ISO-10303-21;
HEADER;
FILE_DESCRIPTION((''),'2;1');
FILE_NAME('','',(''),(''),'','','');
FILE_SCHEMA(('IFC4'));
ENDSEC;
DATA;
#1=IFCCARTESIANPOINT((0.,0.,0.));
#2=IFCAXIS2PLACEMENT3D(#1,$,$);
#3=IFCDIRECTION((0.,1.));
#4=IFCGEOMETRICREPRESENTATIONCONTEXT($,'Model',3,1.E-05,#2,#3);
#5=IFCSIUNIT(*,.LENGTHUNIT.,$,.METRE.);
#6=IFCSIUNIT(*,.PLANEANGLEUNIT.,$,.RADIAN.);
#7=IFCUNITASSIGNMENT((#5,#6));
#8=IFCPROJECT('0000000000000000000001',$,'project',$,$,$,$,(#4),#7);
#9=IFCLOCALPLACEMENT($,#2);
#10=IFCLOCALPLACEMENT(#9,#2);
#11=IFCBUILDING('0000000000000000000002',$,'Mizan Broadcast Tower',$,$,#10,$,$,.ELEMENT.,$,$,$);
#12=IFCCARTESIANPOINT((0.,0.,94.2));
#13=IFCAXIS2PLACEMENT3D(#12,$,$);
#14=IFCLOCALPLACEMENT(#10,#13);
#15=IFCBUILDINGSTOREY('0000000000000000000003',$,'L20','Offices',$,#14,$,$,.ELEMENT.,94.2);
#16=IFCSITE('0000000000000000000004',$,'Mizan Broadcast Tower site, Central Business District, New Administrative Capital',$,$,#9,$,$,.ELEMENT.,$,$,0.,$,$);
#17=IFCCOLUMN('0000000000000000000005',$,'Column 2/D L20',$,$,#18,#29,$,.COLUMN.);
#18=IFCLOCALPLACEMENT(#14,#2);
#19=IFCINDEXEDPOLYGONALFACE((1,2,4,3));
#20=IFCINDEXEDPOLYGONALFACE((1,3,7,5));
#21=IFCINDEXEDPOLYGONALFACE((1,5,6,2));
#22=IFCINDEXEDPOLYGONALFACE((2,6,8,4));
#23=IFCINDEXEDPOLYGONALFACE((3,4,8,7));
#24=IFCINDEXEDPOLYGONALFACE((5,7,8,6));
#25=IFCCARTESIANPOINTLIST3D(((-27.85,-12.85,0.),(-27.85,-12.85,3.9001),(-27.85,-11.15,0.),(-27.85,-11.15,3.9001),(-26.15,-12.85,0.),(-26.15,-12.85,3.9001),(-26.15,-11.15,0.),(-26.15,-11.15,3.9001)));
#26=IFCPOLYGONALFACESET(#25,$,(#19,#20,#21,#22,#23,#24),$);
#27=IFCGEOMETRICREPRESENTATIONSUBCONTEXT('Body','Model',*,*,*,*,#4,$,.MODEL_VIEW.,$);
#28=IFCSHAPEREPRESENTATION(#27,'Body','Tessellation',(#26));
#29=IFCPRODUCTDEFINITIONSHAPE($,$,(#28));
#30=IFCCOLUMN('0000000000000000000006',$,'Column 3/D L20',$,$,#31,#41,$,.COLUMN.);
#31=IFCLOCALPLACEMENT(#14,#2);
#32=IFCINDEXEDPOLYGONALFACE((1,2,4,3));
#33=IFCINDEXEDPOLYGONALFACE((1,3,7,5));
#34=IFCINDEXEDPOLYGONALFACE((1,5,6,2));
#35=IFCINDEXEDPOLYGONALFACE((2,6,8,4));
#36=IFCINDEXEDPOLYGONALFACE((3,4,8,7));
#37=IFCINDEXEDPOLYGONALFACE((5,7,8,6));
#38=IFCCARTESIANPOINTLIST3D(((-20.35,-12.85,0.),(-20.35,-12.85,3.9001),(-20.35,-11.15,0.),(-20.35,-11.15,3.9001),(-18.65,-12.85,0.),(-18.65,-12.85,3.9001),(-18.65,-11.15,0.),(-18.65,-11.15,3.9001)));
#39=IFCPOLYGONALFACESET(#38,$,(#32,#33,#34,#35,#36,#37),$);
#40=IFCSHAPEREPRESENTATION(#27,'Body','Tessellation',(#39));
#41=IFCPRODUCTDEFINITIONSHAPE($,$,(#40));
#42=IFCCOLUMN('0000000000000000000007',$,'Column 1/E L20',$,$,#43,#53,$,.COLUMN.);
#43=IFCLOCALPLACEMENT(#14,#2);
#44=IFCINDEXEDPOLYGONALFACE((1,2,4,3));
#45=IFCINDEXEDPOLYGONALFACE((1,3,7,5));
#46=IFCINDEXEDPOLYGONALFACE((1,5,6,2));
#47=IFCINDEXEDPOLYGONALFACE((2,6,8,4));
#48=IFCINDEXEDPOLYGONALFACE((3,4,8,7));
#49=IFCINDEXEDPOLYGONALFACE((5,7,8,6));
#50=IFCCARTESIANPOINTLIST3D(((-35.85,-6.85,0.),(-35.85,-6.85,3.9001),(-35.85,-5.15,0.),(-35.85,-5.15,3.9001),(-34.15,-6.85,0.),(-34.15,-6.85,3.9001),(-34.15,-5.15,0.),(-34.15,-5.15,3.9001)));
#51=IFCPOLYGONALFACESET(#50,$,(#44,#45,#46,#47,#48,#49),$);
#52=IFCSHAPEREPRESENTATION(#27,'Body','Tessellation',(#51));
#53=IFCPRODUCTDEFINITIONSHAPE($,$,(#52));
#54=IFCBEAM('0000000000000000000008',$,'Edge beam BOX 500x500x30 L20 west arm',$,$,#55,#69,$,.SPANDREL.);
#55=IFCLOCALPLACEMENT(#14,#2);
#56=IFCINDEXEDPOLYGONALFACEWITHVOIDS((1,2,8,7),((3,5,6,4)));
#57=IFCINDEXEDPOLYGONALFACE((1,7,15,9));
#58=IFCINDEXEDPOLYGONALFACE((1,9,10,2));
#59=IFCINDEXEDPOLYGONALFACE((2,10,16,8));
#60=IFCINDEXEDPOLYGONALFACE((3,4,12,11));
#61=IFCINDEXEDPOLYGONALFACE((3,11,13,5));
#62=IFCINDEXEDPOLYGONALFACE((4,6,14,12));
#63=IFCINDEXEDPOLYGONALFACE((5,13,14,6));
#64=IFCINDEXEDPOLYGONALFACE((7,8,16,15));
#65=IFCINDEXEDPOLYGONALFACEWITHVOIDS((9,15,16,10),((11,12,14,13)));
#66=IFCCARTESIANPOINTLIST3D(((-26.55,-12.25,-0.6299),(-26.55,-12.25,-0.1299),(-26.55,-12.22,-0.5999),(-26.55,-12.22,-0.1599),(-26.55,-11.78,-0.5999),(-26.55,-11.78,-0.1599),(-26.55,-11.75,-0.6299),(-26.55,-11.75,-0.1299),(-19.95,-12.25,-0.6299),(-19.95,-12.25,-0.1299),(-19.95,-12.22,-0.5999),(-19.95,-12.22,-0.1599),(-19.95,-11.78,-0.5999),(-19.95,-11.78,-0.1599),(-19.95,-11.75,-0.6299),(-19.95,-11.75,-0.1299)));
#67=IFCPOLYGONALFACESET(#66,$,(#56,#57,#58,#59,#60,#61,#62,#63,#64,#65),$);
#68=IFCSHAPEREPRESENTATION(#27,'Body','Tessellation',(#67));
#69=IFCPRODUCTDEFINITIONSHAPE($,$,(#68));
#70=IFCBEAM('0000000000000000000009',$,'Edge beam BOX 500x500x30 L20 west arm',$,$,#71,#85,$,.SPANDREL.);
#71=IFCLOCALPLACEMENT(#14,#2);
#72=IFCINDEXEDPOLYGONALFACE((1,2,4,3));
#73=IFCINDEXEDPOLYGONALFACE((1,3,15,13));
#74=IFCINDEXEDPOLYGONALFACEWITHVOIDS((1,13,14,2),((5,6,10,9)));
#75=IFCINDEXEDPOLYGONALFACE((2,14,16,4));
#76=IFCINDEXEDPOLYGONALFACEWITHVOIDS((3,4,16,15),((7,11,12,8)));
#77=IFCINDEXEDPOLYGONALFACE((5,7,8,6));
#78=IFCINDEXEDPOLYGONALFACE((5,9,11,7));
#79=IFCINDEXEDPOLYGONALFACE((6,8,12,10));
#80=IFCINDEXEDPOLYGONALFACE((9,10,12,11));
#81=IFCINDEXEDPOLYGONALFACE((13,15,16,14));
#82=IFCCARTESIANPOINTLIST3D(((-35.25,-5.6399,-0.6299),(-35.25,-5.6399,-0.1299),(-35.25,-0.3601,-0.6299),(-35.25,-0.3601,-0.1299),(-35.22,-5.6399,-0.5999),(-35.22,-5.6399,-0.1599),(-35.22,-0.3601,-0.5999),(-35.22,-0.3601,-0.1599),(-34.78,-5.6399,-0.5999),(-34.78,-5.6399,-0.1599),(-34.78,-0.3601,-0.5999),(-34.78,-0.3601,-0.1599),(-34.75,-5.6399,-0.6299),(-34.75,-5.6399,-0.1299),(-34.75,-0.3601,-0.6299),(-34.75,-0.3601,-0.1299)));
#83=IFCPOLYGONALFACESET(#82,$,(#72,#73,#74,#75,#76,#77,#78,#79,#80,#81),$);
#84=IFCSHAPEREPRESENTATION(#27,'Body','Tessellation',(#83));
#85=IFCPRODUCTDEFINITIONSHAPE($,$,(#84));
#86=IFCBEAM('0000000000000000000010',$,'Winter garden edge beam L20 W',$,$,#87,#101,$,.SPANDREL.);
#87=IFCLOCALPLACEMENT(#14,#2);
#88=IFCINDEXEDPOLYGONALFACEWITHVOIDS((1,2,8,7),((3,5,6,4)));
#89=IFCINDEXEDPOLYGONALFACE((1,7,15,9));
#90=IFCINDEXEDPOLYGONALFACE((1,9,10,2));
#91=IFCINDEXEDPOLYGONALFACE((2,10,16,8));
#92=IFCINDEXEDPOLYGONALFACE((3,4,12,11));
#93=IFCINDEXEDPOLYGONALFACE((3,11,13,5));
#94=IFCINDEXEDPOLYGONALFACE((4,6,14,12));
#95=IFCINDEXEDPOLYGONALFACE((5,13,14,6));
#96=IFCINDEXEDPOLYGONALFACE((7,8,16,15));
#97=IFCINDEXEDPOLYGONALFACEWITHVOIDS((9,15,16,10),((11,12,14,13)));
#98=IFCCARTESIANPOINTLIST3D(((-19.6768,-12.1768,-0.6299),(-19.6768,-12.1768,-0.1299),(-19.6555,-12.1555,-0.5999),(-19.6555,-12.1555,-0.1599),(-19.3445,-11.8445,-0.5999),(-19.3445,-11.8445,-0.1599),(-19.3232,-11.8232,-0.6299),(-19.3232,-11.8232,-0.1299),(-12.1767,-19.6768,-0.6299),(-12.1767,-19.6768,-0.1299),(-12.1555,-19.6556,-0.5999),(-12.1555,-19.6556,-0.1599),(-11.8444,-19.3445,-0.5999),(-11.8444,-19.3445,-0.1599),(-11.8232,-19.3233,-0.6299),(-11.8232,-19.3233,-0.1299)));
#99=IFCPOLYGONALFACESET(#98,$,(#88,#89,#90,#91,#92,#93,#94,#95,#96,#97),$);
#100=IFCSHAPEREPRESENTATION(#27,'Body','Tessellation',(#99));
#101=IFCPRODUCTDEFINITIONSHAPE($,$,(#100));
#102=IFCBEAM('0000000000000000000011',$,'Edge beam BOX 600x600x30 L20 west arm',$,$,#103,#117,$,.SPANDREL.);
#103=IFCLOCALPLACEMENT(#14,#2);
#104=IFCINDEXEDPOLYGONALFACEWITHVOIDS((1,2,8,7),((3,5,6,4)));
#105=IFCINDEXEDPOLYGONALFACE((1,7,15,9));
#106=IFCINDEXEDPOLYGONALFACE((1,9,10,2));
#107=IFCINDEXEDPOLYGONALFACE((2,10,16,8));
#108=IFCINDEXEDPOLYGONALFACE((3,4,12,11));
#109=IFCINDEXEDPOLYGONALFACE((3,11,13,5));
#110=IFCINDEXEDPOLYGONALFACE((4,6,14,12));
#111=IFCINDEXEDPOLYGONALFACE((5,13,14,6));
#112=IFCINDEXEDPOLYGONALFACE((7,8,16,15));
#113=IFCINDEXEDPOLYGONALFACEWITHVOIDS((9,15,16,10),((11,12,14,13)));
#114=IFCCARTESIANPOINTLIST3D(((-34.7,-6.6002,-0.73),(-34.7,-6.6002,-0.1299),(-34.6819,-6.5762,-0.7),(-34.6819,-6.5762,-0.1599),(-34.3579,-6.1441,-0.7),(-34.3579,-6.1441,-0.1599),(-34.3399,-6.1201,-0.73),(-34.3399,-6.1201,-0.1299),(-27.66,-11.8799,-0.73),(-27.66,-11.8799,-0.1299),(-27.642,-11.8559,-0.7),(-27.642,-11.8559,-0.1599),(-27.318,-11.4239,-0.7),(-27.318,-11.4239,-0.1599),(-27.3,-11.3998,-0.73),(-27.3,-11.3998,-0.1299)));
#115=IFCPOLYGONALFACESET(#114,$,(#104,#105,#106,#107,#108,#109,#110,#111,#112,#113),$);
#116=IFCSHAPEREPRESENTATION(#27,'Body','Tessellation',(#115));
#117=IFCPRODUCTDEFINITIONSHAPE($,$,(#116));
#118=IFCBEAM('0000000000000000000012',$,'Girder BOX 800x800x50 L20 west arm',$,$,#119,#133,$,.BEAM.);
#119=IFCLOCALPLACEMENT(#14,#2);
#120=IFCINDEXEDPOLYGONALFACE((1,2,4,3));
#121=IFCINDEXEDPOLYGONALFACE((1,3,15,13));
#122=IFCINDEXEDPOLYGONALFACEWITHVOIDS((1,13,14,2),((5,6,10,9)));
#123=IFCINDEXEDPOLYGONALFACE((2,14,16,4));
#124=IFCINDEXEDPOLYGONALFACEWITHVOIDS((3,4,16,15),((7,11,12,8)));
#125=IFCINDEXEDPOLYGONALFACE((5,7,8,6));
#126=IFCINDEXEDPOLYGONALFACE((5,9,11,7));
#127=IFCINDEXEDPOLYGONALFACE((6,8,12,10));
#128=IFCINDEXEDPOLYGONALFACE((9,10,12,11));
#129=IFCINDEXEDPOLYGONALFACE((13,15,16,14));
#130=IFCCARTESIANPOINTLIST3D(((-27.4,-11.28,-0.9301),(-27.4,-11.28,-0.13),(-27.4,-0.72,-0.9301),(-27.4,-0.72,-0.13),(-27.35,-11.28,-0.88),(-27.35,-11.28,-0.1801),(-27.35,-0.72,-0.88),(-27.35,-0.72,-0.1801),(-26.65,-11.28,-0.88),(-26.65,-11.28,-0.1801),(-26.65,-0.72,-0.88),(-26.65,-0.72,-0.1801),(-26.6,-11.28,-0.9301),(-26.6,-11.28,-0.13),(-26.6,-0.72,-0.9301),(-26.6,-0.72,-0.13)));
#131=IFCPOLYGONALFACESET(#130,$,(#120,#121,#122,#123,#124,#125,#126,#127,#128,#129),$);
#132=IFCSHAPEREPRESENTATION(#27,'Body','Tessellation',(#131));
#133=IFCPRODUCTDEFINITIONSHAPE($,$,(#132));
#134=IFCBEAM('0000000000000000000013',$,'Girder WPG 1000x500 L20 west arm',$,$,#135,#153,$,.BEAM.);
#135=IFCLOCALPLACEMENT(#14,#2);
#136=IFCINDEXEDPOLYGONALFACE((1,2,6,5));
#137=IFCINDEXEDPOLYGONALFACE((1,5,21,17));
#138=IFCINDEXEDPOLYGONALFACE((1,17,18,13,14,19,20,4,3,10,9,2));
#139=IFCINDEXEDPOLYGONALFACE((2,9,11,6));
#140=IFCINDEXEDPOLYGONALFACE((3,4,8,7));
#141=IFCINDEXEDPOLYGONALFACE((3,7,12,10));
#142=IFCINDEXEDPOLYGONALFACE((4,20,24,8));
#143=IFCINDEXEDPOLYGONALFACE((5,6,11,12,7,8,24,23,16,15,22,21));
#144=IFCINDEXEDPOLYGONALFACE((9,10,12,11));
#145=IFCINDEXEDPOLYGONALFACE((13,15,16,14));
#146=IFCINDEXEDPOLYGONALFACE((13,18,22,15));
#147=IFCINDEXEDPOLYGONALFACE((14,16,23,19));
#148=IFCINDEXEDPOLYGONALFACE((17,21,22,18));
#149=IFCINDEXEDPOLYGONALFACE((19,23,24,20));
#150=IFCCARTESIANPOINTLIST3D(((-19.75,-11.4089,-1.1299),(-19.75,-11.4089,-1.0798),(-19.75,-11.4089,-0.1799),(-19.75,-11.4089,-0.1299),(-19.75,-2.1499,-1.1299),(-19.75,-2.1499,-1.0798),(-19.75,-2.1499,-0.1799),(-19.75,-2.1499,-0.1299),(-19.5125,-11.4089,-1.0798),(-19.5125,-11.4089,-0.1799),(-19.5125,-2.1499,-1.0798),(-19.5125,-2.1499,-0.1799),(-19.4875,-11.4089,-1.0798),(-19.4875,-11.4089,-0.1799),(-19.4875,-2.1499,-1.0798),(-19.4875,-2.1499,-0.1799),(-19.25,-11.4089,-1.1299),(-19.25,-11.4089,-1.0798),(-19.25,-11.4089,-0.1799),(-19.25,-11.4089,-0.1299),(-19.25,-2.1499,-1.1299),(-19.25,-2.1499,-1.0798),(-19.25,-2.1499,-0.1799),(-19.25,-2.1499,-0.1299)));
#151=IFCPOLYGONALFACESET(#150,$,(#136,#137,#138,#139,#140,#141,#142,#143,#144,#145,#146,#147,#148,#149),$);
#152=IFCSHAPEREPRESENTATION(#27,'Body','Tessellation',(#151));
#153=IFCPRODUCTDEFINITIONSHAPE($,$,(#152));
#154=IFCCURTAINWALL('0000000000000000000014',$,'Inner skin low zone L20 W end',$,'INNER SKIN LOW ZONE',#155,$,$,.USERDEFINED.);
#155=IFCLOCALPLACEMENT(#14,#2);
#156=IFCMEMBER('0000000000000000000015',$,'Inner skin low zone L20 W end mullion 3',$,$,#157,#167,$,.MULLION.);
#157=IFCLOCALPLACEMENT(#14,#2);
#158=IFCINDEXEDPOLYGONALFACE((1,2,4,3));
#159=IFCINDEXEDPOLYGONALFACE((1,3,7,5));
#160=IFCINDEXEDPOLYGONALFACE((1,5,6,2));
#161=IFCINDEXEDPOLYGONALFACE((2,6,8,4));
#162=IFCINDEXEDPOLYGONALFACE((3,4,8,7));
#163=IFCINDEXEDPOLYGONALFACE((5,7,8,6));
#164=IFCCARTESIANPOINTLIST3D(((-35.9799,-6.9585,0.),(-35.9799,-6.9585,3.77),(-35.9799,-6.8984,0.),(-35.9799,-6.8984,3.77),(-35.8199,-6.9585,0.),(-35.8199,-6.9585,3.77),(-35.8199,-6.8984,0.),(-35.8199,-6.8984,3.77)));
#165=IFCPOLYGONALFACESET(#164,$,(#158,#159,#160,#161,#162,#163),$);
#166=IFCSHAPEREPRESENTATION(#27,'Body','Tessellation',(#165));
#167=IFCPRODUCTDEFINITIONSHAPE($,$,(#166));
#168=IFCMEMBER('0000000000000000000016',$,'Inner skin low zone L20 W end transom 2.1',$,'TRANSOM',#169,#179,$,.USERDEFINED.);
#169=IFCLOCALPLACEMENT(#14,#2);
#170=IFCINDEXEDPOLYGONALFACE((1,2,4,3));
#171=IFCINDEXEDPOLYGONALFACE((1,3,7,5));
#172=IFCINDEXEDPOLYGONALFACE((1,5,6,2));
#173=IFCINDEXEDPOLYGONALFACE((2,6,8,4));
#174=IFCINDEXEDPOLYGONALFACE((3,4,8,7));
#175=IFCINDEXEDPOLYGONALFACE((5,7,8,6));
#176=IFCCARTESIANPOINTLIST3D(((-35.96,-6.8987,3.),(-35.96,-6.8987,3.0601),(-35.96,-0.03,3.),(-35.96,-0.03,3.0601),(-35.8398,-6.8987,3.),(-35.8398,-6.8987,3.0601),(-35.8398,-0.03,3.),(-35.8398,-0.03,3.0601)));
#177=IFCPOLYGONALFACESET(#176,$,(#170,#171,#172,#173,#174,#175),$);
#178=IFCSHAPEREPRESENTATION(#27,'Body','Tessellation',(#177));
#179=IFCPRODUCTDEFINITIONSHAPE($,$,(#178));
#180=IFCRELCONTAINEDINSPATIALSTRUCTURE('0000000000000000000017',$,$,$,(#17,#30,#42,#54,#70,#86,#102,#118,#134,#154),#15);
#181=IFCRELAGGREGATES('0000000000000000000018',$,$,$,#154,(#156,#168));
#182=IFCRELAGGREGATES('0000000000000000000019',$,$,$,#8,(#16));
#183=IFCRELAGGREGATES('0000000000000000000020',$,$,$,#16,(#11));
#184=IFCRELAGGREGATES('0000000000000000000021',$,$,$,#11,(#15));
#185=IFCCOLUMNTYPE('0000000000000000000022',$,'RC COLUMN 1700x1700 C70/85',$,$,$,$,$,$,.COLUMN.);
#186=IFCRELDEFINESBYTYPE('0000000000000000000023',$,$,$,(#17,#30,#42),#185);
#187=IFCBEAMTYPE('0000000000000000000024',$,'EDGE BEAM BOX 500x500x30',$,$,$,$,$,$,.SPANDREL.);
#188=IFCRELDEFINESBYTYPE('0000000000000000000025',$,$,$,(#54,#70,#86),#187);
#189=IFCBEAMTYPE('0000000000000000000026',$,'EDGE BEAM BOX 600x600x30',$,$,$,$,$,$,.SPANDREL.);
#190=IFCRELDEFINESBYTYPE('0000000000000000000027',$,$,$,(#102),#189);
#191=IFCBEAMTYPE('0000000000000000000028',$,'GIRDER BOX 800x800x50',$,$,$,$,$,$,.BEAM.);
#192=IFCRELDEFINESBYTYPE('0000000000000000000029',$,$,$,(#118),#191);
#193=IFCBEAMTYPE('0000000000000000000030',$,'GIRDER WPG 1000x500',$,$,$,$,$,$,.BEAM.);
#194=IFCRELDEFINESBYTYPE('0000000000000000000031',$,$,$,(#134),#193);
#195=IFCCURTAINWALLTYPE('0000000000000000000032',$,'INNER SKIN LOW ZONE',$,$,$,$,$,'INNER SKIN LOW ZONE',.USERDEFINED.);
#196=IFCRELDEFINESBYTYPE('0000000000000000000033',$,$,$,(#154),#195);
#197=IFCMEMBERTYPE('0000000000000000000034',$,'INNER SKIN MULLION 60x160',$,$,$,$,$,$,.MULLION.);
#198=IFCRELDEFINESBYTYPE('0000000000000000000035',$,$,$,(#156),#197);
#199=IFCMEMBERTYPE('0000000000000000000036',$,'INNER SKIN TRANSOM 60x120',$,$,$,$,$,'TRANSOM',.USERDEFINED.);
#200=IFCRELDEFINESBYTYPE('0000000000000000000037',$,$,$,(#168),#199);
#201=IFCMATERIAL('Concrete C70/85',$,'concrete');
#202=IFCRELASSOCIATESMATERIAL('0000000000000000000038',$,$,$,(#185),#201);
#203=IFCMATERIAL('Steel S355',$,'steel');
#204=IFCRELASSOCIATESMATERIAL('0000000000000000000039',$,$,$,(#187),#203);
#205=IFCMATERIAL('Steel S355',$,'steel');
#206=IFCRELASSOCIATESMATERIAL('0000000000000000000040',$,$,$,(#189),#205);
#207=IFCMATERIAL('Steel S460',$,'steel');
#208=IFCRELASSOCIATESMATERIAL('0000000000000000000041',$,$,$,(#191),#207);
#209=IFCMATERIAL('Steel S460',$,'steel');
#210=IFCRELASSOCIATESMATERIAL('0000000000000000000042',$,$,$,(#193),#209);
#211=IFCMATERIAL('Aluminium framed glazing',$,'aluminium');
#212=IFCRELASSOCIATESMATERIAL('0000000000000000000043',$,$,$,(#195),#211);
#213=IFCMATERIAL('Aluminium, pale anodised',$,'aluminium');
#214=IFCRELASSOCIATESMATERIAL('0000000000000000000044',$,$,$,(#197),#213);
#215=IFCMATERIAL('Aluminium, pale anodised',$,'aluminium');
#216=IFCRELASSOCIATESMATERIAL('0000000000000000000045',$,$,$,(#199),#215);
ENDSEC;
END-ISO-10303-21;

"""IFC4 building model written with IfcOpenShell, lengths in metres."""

from ifc_helpers import new_model, si_unit, direction, frame, origin, origin_2d, place, context, subcontext, project, spatial, rectangle, hollow_rectangle, i_section, extrude, material, material_profile, profile_set, type_object, element, aggregate, save


model = new_model("IFC4")

# Units and contexts
model_context = context("Model", 3, precision=1e-05, world=origin(), true_north=direction((0.0, 1.0)))
body_context = subcontext(model_context, "Body", "Model", "MODEL_VIEW")
ifc_project = project(units=[si_unit("LENGTHUNIT", "METRE"), si_unit("PLANEANGLEUNIT", "RADIAN")], contexts=[model_context])

# Site, building, storey
site_placement = place(None, origin())
site = spatial("IfcSite", under=ifc_project, at=site_placement, Name="Mizan Broadcast Tower site, Central Business District, New Administrative Capital", CompositionType="ELEMENT", RefElevation=0.0)
building_placement = place(site_placement, origin())
building = spatial("IfcBuilding", under=site, at=building_placement, Name="Mizan Broadcast Tower", CompositionType="ELEMENT")
storey_placement = place(building_placement, frame((0.0, 0.0, 94.2)))
storey = spatial("IfcBuildingStorey", under=building, at=storey_placement, Name="L20", Description="Offices", CompositionType="ELEMENT", Elevation=94.2)

# Columns
ifc_material_1 = material(Name="Concrete C70/85", Category="concrete")
ifc_material_profile_1 = material_profile(ifc_material_1, rectangle(XDim=1.7, YDim=1.7, at=origin_2d()), Name="RC 1700x1700")
ifc_profile_set_1 = profile_set([ifc_material_profile_1], Name="Concrete C70/85")
column_type = type_object("IfcColumnType", Name="RC COLUMN 1700x1700 C70/85", PredefinedType="COLUMN", material=ifc_profile_set_1)
for number, where, z_axis, x_axis, name in (
    (1, (-27.0, -12.0, 0.0), (0.0, 0.0, 1.0), (1.0, 0.0, 0.0), "Column 2/D L20"),
    (2, (-19.5, -12.0, 0.0), (0.0, 0.0, 1.0), (1.0, 0.0, 0.0), "Column 3/D L20"),
    (3, (-35.0, -6.0, 0.0), (0.0, 0.0, 1.0), (1.0, 0.0, 0.0), "Column 1/E L20"),
):
    element("IfcColumn", number, at=place(storey_placement, frame(where, z_axis=z_axis, x_axis=x_axis)), inside=storey, type_object=column_type, Name=name, PredefinedType="COLUMN", context=body_context, shape_type="SweptSolid", body=[
        extrude(rectangle(XDim=1.7, YDim=1.7, at=origin_2d()), origin(), (0.0, 0.0, 1.0), 3.9001),
    ])

# Beams
ifc_material_2 = material(Name="Steel S355", Category="steel")
ifc_material_profile_2 = material_profile(ifc_material_2, hollow_rectangle(XDim=0.5, YDim=0.5, WallThickness=0.03, at=origin_2d()), Name="BOX 500x500x30")
ifc_profile_set_2 = profile_set([ifc_material_profile_2], Name="Steel S355")
beam_type_1 = type_object("IfcBeamType", Name="EDGE BEAM BOX 500x500x30", PredefinedType="SPANDREL", material=ifc_profile_set_2)
beam_1_placement = place(storey_placement, frame((-19.95, -12.0, -0.3799), z_axis=(-1.0, 0.0, 0.0), x_axis=(0.0, -1.0, 0.0)))
element("IfcBeam", 4, at=beam_1_placement, inside=storey, type_object=beam_type_1, Name="Edge beam BOX 500x500x30 L20 west arm", PredefinedType="SPANDREL", context=body_context, shape_type="SweptSolid", body=[
    extrude(hollow_rectangle(XDim=0.5, YDim=0.5, WallThickness=0.03, at=origin_2d()), origin(), (0.0, 0.0, 1.0), 6.6001),
])
beam_2_placement = place(storey_placement, frame((-35.0, -5.6399, -0.3799), z_axis=(0.0, 1.0, 0.0), x_axis=(-1.0, 0.0, 0.0)))
element("IfcBeam", 5, at=beam_2_placement, inside=storey, type_object=beam_type_1, Name="Edge beam BOX 500x500x30 L20 west arm", PredefinedType="SPANDREL", context=body_context, shape_type="SweptSolid", body=[
    extrude(hollow_rectangle(XDim=0.5, YDim=0.5, WallThickness=0.03, at=origin_2d()), origin(), (0.0, 0.0, 1.0), 5.2798),
])
beam_3_placement = place(storey_placement, frame((-19.5, -12.0, -0.3799), z_axis=(0.707107, -0.707107, 0.0), x_axis=(0.707107, 0.707107, 0.0)))
element("IfcBeam", 6, at=beam_3_placement, inside=storey, type_object=beam_type_1, Name="Winter garden edge beam L20 W", PredefinedType="SPANDREL", context=body_context, shape_type="SweptSolid", body=[
    extrude(hollow_rectangle(XDim=0.5, YDim=0.5, WallThickness=0.03, at=origin_2d()), origin(), (0.0, 0.0, 1.0), 10.6067),
])
ifc_material_3 = material(Name="Steel S355", Category="steel")
ifc_material_profile_3 = material_profile(ifc_material_3, hollow_rectangle(XDim=0.6001, YDim=0.6001, WallThickness=0.03, at=origin_2d()), Name="BOX 600x600x30")
ifc_profile_set_3 = profile_set([ifc_material_profile_3], Name="Steel S355")
beam_type_2 = type_object("IfcBeamType", Name="EDGE BEAM BOX 600x600x30", PredefinedType="SPANDREL", material=ifc_profile_set_3)
beam_4_placement = place(storey_placement, frame((-27.48, -11.6399, -0.4299), z_axis=(-0.800013, 0.599982, 0.0), x_axis=(-0.599982, -0.800013, 0.0)))
element("IfcBeam", 7, at=beam_4_placement, inside=storey, type_object=beam_type_2, Name="Edge beam BOX 600x600x30 L20 west arm", PredefinedType="SPANDREL", context=body_context, shape_type="SweptSolid", body=[
    extrude(hollow_rectangle(XDim=0.6001, YDim=0.6001, WallThickness=0.03, at=origin_2d()), origin(), (0.0, 0.0, 1.0), 8.7998),
])
ifc_material_4 = material(Name="Steel S460", Category="steel")
ifc_material_profile_4 = material_profile(ifc_material_4, hollow_rectangle(XDim=0.8, YDim=0.8, WallThickness=0.05, at=origin_2d()), Name="BOX 800x800x50")
ifc_profile_set_4 = profile_set([ifc_material_profile_4], Name="Steel S460")
beam_type_3 = type_object("IfcBeamType", Name="GIRDER BOX 800x800x50", PredefinedType="BEAM", material=ifc_profile_set_4)
beam_5_placement = place(storey_placement, frame((-27.0, -11.28, -0.53), z_axis=(0.0, 1.0, 0.0), x_axis=(-1.0, 0.0, 0.0)))
element("IfcBeam", 8, at=beam_5_placement, inside=storey, type_object=beam_type_3, Name="Girder BOX 800x800x50 L20 west arm", PredefinedType="BEAM", context=body_context, shape_type="SweptSolid", body=[
    extrude(hollow_rectangle(XDim=0.8, YDim=0.8, WallThickness=0.05, at=origin_2d()), origin(), (0.0, 0.0, 1.0), 10.5601),
])
ifc_material_5 = material(Name="Steel S460", Category="steel")
ifc_material_profile_5 = material_profile(ifc_material_5, i_section(OverallWidth=0.5, OverallDepth=1.0, WebThickness=0.0249, FlangeThickness=0.05, at=origin_2d()), Name="WPG 1000x500")
ifc_profile_set_5 = profile_set([ifc_material_profile_5], Name="Steel S460")
beam_type_4 = type_object("IfcBeamType", Name="GIRDER WPG 1000x500", PredefinedType="BEAM", material=ifc_profile_set_5)
beam_6_placement = place(storey_placement, frame((-19.5, -11.4089, -0.6299), z_axis=(0.0, 1.0, 0.0), x_axis=(-1.0, 0.0, 0.0)))
element("IfcBeam", 9, at=beam_6_placement, inside=storey, type_object=beam_type_4, Name="Girder WPG 1000x500 L20 west arm", PredefinedType="BEAM", context=body_context, shape_type="SweptSolid", body=[
    extrude(i_section(OverallWidth=0.5, OverallDepth=1.0, WebThickness=0.0249, FlangeThickness=0.05, at=origin_2d()), origin(), (0.0, 0.0, 1.0), 9.259),
])

# Curtain wall, members
ifc_material_6 = material(Name="Aluminium framed glazing", Category="aluminium")
curtain_wall_type_1 = type_object("IfcCurtainWallType", Name="INNER SKIN LOW ZONE", ElementType="INNER SKIN LOW ZONE", PredefinedType="USERDEFINED", material=ifc_material_6)
curtain_wall_1_placement = place(storey_placement, origin())
curtain_wall_1 = element("IfcCurtainWall", 10, at=curtain_wall_1_placement, inside=storey, type_object=curtain_wall_type_1, Name="Inner skin low zone L20 W end", ObjectType="INNER SKIN LOW ZONE", PredefinedType="USERDEFINED")
ifc_material_7 = material(Name="Aluminium, pale anodised", Category="aluminium")
ifc_material_profile_6 = material_profile(ifc_material_7, rectangle(XDim=0.1599, YDim=0.0601, at=origin_2d()), Name="MULLION 160x60")
ifc_profile_set_6 = profile_set([ifc_material_profile_6], Name="Aluminium, pale anodised")
member_type_1 = type_object("IfcMemberType", Name="INNER SKIN MULLION 60x160", PredefinedType="MULLION", material=ifc_profile_set_6)
member_1_placement = place(storey_placement, frame((-35.8999, -6.9285, 0.0), z_axis=(0.0, 0.0, 1.0), x_axis=(1.0, 0.0, 0.0)))
member_1 = element("IfcMember", 11, at=member_1_placement, type_object=member_type_1, Name="Inner skin low zone L20 W end mullion 3", PredefinedType="MULLION", context=body_context, shape_type="SweptSolid", body=[
    extrude(rectangle(XDim=0.1599, YDim=0.0601, at=origin_2d()), origin(), (0.0, 0.0, 1.0), 3.77),
])
ifc_material_8 = material(Name="Aluminium, pale anodised", Category="aluminium")
ifc_material_profile_7 = material_profile(ifc_material_8, rectangle(XDim=0.1201, YDim=0.0601, at=origin_2d()), Name="TRANSOM 120x60")
ifc_profile_set_7 = profile_set([ifc_material_profile_7], Name="Aluminium, pale anodised")
member_type_2 = type_object("IfcMemberType", Name="INNER SKIN TRANSOM 60x120", ElementType="TRANSOM", PredefinedType="USERDEFINED", material=ifc_profile_set_7)
member_2_placement = place(storey_placement, frame((-35.8999, -0.03, 3.03), z_axis=(0.0, -1.0, 0.0), x_axis=(1.0, 0.0, 0.0)))
member_2 = element("IfcMember", 12, at=member_2_placement, type_object=member_type_2, Name="Inner skin low zone L20 W end transom 2.1", ObjectType="TRANSOM", PredefinedType="USERDEFINED", context=body_context, shape_type="SweptSolid", body=[
    extrude(rectangle(XDim=0.1201, YDim=0.0601, at=origin_2d()), origin(), (0.0, 0.0, 1.0), 6.8687),
])

aggregate(curtain_wall_1, [member_1, member_2])

save(model, "model.ifc")
